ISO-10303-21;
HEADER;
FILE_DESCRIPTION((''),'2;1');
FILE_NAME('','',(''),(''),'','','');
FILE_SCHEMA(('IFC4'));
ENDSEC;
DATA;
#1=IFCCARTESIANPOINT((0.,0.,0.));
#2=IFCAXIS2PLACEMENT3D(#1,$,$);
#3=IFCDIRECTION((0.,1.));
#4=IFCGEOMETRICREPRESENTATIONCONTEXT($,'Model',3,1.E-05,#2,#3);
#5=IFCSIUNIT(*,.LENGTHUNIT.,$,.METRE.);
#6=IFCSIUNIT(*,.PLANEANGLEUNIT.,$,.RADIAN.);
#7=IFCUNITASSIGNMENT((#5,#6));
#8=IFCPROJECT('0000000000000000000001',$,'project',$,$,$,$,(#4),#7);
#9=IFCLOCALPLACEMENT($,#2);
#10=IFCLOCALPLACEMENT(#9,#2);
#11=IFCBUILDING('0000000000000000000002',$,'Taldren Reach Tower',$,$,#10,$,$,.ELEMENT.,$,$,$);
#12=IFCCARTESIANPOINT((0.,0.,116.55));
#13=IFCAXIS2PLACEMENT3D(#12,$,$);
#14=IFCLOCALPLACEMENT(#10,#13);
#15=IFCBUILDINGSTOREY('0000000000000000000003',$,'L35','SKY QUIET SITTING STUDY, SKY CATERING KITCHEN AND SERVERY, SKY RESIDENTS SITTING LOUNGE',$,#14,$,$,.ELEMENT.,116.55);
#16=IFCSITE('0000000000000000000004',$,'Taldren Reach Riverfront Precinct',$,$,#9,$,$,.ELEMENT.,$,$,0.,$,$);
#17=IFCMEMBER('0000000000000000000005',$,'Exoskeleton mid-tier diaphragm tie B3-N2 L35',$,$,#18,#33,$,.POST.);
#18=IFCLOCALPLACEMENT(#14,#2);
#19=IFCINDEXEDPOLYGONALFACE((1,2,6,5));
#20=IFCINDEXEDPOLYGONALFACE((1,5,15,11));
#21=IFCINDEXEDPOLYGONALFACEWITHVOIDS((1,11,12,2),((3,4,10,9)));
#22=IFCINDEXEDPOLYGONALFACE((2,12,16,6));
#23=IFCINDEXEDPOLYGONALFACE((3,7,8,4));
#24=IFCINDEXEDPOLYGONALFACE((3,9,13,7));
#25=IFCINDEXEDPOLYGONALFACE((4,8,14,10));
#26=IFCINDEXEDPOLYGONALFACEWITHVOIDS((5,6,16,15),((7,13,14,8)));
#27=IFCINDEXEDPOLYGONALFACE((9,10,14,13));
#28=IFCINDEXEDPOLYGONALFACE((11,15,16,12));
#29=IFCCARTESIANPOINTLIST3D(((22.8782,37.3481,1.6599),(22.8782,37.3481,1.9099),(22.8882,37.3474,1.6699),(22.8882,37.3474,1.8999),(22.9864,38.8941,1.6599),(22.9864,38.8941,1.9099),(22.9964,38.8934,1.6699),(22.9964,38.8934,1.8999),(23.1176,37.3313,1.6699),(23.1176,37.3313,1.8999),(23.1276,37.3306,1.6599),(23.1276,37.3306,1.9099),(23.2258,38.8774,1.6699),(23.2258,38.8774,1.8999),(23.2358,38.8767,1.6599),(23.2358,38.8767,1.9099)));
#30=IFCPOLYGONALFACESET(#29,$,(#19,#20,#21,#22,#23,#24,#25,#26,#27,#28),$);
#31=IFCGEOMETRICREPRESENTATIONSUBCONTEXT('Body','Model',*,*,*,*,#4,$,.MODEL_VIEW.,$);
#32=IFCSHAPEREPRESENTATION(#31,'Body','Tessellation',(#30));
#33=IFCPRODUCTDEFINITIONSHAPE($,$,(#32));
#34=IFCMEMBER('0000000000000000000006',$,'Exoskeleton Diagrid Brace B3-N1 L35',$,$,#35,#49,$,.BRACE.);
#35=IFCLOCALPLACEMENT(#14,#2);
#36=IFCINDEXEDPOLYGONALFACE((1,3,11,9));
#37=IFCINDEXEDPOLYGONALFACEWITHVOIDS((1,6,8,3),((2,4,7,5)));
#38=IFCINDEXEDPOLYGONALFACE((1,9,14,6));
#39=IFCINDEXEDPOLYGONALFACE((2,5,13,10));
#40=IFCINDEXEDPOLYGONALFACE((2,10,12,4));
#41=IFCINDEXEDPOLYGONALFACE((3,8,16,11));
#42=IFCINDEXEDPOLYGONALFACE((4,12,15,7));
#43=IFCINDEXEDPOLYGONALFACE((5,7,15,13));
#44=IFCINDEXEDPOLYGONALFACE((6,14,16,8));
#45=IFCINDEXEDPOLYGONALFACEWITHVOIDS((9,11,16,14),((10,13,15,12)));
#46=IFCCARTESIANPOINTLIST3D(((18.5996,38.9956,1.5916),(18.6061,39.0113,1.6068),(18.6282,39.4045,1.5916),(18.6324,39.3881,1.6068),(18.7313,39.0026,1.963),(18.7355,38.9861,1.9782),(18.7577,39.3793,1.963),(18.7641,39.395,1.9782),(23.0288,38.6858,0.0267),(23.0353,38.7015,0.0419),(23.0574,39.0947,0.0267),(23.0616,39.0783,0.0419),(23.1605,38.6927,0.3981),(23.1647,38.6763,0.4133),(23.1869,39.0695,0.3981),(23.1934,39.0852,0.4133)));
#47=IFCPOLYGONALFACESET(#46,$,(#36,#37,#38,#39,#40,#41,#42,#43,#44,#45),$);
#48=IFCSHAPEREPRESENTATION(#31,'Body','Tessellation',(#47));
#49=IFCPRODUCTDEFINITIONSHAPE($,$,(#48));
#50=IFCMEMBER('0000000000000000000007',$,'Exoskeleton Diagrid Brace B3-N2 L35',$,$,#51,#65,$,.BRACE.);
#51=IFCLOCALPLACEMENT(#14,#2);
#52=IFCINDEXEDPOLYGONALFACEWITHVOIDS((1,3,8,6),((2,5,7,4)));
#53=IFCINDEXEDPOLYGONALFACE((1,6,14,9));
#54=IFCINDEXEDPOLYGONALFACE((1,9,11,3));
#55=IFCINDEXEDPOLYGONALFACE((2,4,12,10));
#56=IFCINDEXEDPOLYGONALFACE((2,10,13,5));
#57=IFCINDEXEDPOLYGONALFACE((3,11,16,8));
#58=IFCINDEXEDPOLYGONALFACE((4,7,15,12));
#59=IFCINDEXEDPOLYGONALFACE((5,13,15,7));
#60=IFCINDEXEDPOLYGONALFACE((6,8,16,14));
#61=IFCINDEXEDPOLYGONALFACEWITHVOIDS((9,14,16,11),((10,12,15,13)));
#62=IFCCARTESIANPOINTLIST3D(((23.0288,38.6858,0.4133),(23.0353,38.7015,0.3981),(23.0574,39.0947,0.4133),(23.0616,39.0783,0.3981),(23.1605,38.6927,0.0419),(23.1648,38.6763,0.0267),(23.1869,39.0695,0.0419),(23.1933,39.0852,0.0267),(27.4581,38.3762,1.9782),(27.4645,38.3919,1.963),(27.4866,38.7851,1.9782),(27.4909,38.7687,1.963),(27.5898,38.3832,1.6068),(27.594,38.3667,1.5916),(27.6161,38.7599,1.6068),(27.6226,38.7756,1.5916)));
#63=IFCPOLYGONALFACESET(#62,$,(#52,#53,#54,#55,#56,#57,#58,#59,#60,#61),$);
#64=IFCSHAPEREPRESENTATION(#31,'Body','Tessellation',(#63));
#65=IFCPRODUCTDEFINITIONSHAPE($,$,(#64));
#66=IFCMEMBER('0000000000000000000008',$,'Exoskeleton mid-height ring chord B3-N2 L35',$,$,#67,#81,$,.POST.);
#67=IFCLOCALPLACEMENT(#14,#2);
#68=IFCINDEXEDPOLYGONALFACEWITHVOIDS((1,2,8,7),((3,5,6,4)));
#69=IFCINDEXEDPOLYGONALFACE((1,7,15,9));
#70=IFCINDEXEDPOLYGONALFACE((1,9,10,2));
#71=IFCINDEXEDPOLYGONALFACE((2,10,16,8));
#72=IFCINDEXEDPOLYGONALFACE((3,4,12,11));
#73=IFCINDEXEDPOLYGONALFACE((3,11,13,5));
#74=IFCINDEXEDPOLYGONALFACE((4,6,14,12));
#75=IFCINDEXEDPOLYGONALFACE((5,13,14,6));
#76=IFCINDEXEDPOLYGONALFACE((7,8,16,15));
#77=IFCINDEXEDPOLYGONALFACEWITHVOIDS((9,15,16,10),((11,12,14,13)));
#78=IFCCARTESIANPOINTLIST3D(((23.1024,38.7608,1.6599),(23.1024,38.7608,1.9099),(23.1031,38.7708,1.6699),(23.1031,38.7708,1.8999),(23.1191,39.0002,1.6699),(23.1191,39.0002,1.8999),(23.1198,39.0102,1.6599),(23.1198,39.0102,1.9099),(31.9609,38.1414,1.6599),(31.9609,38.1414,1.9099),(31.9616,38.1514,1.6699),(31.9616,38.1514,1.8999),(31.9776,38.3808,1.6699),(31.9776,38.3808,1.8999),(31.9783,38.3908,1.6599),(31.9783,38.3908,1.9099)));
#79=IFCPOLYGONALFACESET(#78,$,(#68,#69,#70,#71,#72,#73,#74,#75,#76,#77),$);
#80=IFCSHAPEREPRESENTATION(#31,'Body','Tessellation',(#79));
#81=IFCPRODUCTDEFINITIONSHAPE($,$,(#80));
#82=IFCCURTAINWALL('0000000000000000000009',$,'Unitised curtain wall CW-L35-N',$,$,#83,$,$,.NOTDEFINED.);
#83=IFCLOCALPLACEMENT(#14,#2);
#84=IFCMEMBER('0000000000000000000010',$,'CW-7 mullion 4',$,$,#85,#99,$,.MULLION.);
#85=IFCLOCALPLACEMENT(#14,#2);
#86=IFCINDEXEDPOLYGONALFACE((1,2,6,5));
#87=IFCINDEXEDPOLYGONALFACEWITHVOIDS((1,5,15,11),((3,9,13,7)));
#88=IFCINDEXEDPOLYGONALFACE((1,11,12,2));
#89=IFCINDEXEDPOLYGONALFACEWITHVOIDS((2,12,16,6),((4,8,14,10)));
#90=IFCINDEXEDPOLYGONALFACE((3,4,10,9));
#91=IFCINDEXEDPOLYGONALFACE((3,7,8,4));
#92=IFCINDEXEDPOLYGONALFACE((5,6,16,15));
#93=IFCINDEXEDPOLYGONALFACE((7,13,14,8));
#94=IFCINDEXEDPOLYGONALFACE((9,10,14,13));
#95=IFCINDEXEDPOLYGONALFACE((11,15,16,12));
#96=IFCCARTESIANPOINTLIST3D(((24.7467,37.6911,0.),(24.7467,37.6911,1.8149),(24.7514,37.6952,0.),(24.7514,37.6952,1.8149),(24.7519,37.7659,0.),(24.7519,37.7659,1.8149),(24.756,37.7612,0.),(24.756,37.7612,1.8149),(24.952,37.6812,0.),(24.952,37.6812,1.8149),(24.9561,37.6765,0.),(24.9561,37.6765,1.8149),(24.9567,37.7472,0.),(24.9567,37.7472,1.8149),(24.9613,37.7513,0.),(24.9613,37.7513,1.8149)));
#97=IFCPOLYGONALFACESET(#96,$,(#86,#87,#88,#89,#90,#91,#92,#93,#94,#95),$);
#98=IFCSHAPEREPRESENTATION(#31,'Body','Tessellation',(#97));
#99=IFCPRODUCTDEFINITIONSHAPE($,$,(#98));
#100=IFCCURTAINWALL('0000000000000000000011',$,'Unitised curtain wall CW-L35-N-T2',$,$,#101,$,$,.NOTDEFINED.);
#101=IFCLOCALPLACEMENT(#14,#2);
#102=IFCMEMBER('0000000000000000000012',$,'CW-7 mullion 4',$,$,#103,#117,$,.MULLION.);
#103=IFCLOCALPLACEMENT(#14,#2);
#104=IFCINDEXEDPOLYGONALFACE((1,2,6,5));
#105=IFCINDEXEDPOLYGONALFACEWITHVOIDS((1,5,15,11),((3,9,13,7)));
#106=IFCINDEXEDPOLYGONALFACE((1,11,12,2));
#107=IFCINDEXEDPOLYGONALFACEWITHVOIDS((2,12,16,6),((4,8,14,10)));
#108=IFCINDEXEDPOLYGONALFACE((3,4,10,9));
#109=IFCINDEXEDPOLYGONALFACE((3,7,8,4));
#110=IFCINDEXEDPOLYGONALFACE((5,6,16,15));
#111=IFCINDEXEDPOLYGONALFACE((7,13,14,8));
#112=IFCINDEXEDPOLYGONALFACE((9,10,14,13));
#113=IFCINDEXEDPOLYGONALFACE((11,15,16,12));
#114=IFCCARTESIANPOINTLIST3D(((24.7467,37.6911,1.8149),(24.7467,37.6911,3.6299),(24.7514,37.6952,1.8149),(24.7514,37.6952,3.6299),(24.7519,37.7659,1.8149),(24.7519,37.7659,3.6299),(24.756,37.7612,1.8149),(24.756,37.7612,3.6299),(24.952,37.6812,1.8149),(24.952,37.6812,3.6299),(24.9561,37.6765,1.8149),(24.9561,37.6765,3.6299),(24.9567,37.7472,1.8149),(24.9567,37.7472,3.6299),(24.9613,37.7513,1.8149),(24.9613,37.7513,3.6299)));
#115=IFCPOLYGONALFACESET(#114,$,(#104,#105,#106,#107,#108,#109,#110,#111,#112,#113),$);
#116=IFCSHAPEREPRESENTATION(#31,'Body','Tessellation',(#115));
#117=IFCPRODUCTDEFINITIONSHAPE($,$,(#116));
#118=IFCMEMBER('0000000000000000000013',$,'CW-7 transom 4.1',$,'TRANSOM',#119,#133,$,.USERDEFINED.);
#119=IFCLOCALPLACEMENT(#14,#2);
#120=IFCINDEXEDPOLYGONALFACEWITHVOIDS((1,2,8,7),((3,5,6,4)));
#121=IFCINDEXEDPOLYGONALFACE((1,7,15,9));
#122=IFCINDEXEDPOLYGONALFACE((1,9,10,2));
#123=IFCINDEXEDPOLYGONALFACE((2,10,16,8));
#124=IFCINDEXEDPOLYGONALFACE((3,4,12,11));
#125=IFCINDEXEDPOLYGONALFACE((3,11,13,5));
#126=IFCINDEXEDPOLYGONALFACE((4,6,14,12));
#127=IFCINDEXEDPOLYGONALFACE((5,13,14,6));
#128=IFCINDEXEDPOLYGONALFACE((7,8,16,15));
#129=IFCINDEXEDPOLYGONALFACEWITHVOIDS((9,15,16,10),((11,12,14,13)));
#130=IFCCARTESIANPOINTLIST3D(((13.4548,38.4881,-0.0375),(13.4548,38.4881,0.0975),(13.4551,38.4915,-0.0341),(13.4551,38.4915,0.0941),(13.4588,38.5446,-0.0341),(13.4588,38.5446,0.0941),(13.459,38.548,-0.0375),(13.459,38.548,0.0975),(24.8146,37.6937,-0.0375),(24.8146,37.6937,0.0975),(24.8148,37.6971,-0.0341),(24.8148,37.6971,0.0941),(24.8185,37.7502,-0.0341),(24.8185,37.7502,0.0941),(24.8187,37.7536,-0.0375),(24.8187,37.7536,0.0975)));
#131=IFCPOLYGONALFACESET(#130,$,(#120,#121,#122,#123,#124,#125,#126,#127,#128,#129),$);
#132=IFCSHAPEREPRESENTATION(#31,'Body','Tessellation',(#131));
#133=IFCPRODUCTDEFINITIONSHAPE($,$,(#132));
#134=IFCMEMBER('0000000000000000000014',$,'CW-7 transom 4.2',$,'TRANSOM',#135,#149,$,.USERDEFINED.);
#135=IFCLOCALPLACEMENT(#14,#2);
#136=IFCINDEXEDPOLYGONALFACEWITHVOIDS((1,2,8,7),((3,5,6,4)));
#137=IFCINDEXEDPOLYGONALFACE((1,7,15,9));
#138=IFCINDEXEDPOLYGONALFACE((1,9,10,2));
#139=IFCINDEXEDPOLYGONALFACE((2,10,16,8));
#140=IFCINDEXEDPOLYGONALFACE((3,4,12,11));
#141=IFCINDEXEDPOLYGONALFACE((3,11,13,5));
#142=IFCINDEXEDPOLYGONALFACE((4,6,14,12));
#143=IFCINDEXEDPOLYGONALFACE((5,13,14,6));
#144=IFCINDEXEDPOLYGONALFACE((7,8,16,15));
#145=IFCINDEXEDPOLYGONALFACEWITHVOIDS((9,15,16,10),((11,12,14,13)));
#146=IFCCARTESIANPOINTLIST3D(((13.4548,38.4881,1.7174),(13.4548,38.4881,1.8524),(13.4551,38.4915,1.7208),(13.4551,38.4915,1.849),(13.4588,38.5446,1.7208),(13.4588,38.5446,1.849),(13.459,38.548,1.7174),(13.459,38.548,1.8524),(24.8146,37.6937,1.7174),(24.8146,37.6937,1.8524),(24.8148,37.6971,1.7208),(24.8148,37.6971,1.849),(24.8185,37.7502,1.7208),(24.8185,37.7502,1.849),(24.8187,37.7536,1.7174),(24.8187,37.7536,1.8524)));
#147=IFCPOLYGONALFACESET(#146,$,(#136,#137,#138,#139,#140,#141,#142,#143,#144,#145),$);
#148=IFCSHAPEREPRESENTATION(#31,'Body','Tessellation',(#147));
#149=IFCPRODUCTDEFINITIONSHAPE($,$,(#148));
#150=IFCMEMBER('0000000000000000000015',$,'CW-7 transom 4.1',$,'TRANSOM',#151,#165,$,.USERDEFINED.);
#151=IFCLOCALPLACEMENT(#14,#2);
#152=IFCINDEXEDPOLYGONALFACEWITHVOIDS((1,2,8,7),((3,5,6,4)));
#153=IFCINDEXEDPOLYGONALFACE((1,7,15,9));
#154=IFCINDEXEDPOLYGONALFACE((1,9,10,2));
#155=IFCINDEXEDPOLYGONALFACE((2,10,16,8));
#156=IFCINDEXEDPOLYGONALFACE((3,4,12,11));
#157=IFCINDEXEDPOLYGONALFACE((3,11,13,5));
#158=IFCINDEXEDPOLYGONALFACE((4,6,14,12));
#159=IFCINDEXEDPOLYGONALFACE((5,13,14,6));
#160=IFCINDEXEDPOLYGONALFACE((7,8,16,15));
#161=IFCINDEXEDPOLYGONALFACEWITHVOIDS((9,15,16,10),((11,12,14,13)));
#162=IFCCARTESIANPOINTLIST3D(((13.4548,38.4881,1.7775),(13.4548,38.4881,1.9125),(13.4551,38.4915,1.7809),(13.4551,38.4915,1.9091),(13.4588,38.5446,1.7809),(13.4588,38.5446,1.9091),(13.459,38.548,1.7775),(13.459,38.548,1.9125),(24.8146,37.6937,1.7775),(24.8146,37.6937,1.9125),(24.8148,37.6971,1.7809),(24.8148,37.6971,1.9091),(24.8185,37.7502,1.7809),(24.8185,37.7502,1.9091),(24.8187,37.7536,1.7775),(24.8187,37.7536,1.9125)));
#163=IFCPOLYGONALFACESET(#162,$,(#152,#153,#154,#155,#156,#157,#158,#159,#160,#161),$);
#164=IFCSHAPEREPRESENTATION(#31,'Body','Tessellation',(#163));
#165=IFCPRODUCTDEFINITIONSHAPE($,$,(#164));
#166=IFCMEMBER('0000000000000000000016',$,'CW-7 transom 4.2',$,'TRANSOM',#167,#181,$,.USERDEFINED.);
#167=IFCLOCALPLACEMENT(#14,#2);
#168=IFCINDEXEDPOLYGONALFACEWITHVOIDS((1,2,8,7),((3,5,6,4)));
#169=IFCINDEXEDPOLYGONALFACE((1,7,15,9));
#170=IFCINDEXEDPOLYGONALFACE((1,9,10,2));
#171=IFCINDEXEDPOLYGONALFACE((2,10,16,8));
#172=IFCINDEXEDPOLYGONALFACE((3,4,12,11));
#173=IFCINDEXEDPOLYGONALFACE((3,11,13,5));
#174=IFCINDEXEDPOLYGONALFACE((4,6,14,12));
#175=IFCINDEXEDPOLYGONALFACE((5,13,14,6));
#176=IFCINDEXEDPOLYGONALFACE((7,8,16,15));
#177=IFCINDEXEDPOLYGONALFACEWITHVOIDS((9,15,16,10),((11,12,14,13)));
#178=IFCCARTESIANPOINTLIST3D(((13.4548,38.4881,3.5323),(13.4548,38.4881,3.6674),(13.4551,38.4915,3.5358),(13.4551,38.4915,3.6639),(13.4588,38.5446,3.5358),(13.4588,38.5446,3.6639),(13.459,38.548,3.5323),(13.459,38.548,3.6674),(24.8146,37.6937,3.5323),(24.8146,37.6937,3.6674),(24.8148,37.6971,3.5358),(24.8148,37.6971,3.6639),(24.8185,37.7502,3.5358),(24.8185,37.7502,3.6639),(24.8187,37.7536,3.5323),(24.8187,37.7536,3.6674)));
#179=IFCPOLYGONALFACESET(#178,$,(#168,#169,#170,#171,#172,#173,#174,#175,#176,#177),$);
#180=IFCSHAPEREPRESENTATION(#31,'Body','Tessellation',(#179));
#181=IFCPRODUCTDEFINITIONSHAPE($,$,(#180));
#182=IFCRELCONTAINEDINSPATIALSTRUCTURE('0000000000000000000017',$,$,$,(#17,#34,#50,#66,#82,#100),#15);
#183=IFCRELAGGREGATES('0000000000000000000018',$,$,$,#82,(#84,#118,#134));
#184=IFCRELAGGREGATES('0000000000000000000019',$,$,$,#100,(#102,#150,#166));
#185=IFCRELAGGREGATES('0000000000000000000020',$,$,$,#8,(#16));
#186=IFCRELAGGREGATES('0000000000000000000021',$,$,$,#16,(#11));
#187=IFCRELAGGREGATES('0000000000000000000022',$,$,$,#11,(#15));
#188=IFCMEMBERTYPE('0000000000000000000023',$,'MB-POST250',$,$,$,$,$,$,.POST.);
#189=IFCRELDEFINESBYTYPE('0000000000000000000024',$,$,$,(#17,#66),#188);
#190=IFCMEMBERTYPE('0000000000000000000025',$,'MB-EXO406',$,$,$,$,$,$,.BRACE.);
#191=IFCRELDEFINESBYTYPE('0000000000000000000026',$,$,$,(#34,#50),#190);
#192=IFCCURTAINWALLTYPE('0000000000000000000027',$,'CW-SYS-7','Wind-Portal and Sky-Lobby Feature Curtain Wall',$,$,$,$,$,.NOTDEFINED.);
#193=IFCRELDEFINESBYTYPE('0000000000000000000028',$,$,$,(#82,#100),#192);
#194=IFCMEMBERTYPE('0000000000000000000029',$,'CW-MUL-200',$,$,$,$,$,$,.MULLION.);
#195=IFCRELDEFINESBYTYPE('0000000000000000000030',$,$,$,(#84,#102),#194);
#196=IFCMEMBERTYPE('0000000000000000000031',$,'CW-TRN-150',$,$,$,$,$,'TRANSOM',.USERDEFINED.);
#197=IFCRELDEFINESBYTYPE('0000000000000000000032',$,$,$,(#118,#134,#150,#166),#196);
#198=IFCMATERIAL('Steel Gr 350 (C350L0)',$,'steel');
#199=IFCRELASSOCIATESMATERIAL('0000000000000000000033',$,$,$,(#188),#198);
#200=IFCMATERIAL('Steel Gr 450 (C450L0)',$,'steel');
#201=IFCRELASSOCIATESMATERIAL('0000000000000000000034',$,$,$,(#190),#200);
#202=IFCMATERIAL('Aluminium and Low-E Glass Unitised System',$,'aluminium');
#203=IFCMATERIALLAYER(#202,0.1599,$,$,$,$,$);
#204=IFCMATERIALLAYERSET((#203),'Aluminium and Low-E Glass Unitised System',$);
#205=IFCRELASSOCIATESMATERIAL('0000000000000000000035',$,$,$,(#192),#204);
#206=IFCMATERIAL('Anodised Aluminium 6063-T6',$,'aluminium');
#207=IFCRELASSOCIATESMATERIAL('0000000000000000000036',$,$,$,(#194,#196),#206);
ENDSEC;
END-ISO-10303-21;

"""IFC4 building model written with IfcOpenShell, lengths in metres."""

from ifc_helpers import new_model, si_unit, direction, frame, origin, origin_2d, place, context, subcontext, project, spatial, hollow_rectangle, extrude, source, transform, mapped, material, layer, layer_set, material_profile, profile_set, type_object, element, aggregate, save


model = new_model("IFC4")

# Units and contexts
model_context = context("Model", 3, precision=1e-05, world=origin(), true_north=direction((0.0, 1.0)))
body_context = subcontext(model_context, "Body", "Model", "MODEL_VIEW")
ifc_project = project(units=[si_unit("LENGTHUNIT", "METRE"), si_unit("PLANEANGLEUNIT", "RADIAN")], contexts=[model_context])

# Site, building, storey
site_placement = place(None, origin())
site = spatial("IfcSite", under=ifc_project, at=site_placement, Name="Taldren Reach Riverfront Precinct", CompositionType="ELEMENT", RefElevation=0.0)
building_placement = place(site_placement, origin())
building = spatial("IfcBuilding", under=site, at=building_placement, Name="Taldren Reach Tower", CompositionType="ELEMENT")
storey_placement = place(building_placement, frame((0.0, 0.0, 116.55)))
storey = spatial("IfcBuildingStorey", under=building, at=storey_placement, Name="L35", Description="SKY QUIET SITTING STUDY, SKY CATERING KITCHEN AND SERVERY, SKY RESIDENTS SITTING LOUNGE", CompositionType="ELEMENT", Elevation=116.55)

# Members
ifc_material_1 = material(Name="Steel Gr 350 (C350L0)", Category="steel")
ifc_material_profile_1 = material_profile(ifc_material_1, hollow_rectangle(XDim=0.25, YDim=0.25, WallThickness=0.01, at=origin_2d()), Name="250x250x10.0SHS")
ifc_profile_set_1 = profile_set([ifc_material_profile_1], Name="Steel Gr 350 (C350L0)")
member_type_1 = type_object("IfcMemberType", Name="MB-POST250", PredefinedType="POST", material=ifc_profile_set_1)
shared_shape_1 = source(origin(), body_context, "Body", "SweptSolid", [
    extrude(hollow_rectangle(XDim=0.25, YDim=0.25, WallThickness=0.01, at=origin_2d()), origin(), (0.0, 0.0, 1.0), 1.5498),
])
member_1_placement = place(storey_placement, frame((23.0029, 37.3394, 1.7849), z_axis=(0.069781, 0.997562, 0.0), x_axis=(-0.997562, 0.069781, 0.0)))
element("IfcMember", 1, at=member_1_placement, inside=storey, type_object=member_type_1, Name="Exoskeleton mid-tier diaphragm tie B3-N2 L35", PredefinedType="POST", context=body_context, shape_type="MappedRepresentation", body=[
    mapped(shared_shape_1, transform((0.0, 0.0, 0.0), scale=1.0)),
])
ifc_material_2 = material(Name="Steel Gr 450 (C450L0)", Category="steel")
ifc_material_profile_2 = material_profile(ifc_material_2, hollow_rectangle(XDim=0.4099, YDim=0.4099, WallThickness=0.0161, at=origin_2d()), Name="410x410x16.0SHS")
ifc_profile_set_2 = profile_set([ifc_material_profile_2], Name="Steel Gr 450 (C450L0)")
member_type_2 = type_object("IfcMemberType", Name="MB-EXO406", PredefinedType="BRACE", material=ifc_profile_set_2)
shared_shape_2 = source(origin(), body_context, "Body", "SweptSolid", [
    extrude(hollow_rectangle(XDim=0.4099, YDim=0.4099, WallThickness=0.0161, at=origin_2d()), origin(), (0.0, 0.0, 1.0), 4.7078),
])
for number, where, z_axis, x_axis, name in (
    (2, (23.1111, 38.8855, 0.22), (-0.940833, 0.06581, 0.332419), (-0.069778, -0.997563, 0.0), "Exoskeleton Diagrid Brace B3-N1 L35"),
    (3, (23.1111, 38.8855, 0.22), (0.940836, -0.065758, 0.33242), (0.069723, 0.997566, 0.0), "Exoskeleton Diagrid Brace B3-N2 L35"),
):
    element("IfcMember", number, at=place(storey_placement, frame(where, z_axis=z_axis, x_axis=x_axis)), inside=storey, type_object=member_type_2, Name=name, PredefinedType="BRACE", context=body_context, shape_type="MappedRepresentation", body=[
        mapped(shared_shape_2, transform((0.0, 0.0, 0.0), scale=1.0)),
    ])
shared_shape_3 = source(origin(), body_context, "Body", "SweptSolid", [
    extrude(hollow_rectangle(XDim=0.25, YDim=0.25, WallThickness=0.01, at=origin_2d()), origin(), (0.0, 0.0, 1.0), 8.8801),
])
member_2_placement = place(storey_placement, frame((23.1111, 38.8855, 1.7849), z_axis=(0.997564, -0.06975, 0.0), x_axis=(0.06975, 0.997564, 0.0)))
element("IfcMember", 4, at=member_2_placement, inside=storey, type_object=member_type_1, Name="Exoskeleton mid-height ring chord B3-N2 L35", PredefinedType="POST", context=body_context, shape_type="MappedRepresentation", body=[
    mapped(shared_shape_3, transform((0.0, 0.0, 0.0), scale=1.0)),
])

# Curtain walls, members
ifc_material_3 = material(Name="Aluminium and Low-E Glass Unitised System", Category="aluminium")
ifc_layer_1 = layer(ifc_material_3, 0.1599)
ifc_layer_set_1 = layer_set([ifc_layer_1], Name="Aluminium and Low-E Glass Unitised System")
curtain_wall_type = type_object("IfcCurtainWallType", Name="CW-SYS-7", Description="Wind-Portal and Sky-Lobby Feature Curtain Wall", PredefinedType="NOTDEFINED", material=ifc_layer_set_1)
curtain_wall_1_placement = place(storey_placement, origin())
curtain_wall_1 = element("IfcCurtainWall", 5, at=curtain_wall_1_placement, inside=storey, type_object=curtain_wall_type, Name="Unitised curtain wall CW-L35-N", PredefinedType="NOTDEFINED")
ifc_material_4 = material(Name="Anodised Aluminium 6063-T6", Category="aluminium")
ifc_material_profile_3 = material_profile(ifc_material_4, hollow_rectangle(XDim=0.075, YDim=0.21, WallThickness=0.0044, at=origin_2d()), Name="ALU-210x75x4.5RHS")
ifc_profile_set_3 = profile_set([ifc_material_profile_3], Name="Anodised Aluminium 6063-T6")
member_type_3 = type_object("IfcMemberType", Name="CW-MUL-200", PredefinedType="MULLION", material=ifc_profile_set_3)
shared_shape_4 = source(origin(), body_context, "Body", "SweptSolid", [
    extrude(hollow_rectangle(XDim=0.075, YDim=0.21, WallThickness=0.0044, at=origin_2d()), origin(), (0.0, 0.0, 1.0), 1.8149),
])
member_3_placement = place(storey_placement, frame((24.854, 37.7212, 0.0), z_axis=(0.0, 0.0, 1.0), x_axis=(-0.069757, -0.997564, 0.0)))
member_3 = element("IfcMember", 6, at=member_3_placement, type_object=member_type_3, Name="CW-7 mullion 4", PredefinedType="MULLION", context=body_context, shape_type="MappedRepresentation", body=[
    mapped(shared_shape_4, transform((0.0, 0.0, 0.0), scale=1.0)),
])
curtain_wall_2_placement = place(storey_placement, origin())
curtain_wall_2 = element("IfcCurtainWall", 7, at=curtain_wall_2_placement, inside=storey, type_object=curtain_wall_type, Name="Unitised curtain wall CW-L35-N-T2", PredefinedType="NOTDEFINED")
member_4_placement = place(storey_placement, frame((24.854, 37.7212, 1.8149), z_axis=(0.0, 0.0, 1.0), x_axis=(-0.069757, -0.997564, 0.0)))
member_4 = element("IfcMember", 8, at=member_4_placement, type_object=member_type_3, Name="CW-7 mullion 4", PredefinedType="MULLION", context=body_context, shape_type="MappedRepresentation", body=[
    mapped(shared_shape_4, transform((0.0, 0.0, 0.0), scale=1.0)),
])

# Members
ifc_material_profile_4 = material_profile(ifc_material_4, hollow_rectangle(XDim=0.0601, YDim=0.135, WallThickness=0.0034, at=origin_2d()), Name="ALU-135x60x3.5RHS")
ifc_profile_set_4 = profile_set([ifc_material_profile_4], Name="Anodised Aluminium 6063-T6")
member_type_4 = type_object("IfcMemberType", Name="CW-TRN-150", ElementType="TRANSOM", PredefinedType="USERDEFINED", material=ifc_profile_set_4)
shared_shape_5 = source(origin(), body_context, "Body", "SweptSolid", [
    extrude(hollow_rectangle(XDim=0.0601, YDim=0.135, WallThickness=0.0034, at=origin_2d()), origin(), (0.0, 0.0, 1.0), 11.3875),
])
member_5_placement = place(storey_placement, frame((24.8167, 37.7236, 0.03), z_axis=(-0.997563, 0.069764, 0.0), x_axis=(-0.069764, -0.997563, 0.0)))
member_5 = element("IfcMember", 9, at=member_5_placement, type_object=member_type_4, Name="CW-7 transom 4.1", ObjectType="TRANSOM", PredefinedType="USERDEFINED", context=body_context, shape_type="MappedRepresentation", body=[
    mapped(shared_shape_5, transform((0.0, 0.0, 0.0), scale=1.0)),
])
member_6_placement = place(storey_placement, frame((24.8167, 37.7236, 1.7849), z_axis=(-0.997563, 0.069764, 0.0), x_axis=(-0.069764, -0.997563, 0.0)))
member_6 = element("IfcMember", 10, at=member_6_placement, type_object=member_type_4, Name="CW-7 transom 4.2", ObjectType="TRANSOM", PredefinedType="USERDEFINED", context=body_context, shape_type="MappedRepresentation", body=[
    mapped(shared_shape_5, transform((0.0, 0.0, 0.0), scale=1.0)),
])
member_7_placement = place(storey_placement, frame((24.8167, 37.7236, 1.845), z_axis=(-0.997563, 0.069764, 0.0), x_axis=(-0.069764, -0.997563, 0.0)))
member_7 = element("IfcMember", 11, at=member_7_placement, type_object=member_type_4, Name="CW-7 transom 4.1", ObjectType="TRANSOM", PredefinedType="USERDEFINED", context=body_context, shape_type="MappedRepresentation", body=[
    mapped(shared_shape_5, transform((0.0, 0.0, 0.0), scale=1.0)),
])
member_8_placement = place(storey_placement, frame((24.8167, 37.7236, 3.5999), z_axis=(-0.997563, 0.069764, 0.0), x_axis=(-0.069764, -0.997563, 0.0)))
member_8 = element("IfcMember", 12, at=member_8_placement, type_object=member_type_4, Name="CW-7 transom 4.2", ObjectType="TRANSOM", PredefinedType="USERDEFINED", context=body_context, shape_type="MappedRepresentation", body=[
    mapped(shared_shape_5, transform((0.0, 0.0, 0.0), scale=1.0)),
])

aggregate(curtain_wall_1, [member_3, member_5, member_6])
aggregate(curtain_wall_2, [member_4, member_7, member_8])

save(model, "model.ifc")
